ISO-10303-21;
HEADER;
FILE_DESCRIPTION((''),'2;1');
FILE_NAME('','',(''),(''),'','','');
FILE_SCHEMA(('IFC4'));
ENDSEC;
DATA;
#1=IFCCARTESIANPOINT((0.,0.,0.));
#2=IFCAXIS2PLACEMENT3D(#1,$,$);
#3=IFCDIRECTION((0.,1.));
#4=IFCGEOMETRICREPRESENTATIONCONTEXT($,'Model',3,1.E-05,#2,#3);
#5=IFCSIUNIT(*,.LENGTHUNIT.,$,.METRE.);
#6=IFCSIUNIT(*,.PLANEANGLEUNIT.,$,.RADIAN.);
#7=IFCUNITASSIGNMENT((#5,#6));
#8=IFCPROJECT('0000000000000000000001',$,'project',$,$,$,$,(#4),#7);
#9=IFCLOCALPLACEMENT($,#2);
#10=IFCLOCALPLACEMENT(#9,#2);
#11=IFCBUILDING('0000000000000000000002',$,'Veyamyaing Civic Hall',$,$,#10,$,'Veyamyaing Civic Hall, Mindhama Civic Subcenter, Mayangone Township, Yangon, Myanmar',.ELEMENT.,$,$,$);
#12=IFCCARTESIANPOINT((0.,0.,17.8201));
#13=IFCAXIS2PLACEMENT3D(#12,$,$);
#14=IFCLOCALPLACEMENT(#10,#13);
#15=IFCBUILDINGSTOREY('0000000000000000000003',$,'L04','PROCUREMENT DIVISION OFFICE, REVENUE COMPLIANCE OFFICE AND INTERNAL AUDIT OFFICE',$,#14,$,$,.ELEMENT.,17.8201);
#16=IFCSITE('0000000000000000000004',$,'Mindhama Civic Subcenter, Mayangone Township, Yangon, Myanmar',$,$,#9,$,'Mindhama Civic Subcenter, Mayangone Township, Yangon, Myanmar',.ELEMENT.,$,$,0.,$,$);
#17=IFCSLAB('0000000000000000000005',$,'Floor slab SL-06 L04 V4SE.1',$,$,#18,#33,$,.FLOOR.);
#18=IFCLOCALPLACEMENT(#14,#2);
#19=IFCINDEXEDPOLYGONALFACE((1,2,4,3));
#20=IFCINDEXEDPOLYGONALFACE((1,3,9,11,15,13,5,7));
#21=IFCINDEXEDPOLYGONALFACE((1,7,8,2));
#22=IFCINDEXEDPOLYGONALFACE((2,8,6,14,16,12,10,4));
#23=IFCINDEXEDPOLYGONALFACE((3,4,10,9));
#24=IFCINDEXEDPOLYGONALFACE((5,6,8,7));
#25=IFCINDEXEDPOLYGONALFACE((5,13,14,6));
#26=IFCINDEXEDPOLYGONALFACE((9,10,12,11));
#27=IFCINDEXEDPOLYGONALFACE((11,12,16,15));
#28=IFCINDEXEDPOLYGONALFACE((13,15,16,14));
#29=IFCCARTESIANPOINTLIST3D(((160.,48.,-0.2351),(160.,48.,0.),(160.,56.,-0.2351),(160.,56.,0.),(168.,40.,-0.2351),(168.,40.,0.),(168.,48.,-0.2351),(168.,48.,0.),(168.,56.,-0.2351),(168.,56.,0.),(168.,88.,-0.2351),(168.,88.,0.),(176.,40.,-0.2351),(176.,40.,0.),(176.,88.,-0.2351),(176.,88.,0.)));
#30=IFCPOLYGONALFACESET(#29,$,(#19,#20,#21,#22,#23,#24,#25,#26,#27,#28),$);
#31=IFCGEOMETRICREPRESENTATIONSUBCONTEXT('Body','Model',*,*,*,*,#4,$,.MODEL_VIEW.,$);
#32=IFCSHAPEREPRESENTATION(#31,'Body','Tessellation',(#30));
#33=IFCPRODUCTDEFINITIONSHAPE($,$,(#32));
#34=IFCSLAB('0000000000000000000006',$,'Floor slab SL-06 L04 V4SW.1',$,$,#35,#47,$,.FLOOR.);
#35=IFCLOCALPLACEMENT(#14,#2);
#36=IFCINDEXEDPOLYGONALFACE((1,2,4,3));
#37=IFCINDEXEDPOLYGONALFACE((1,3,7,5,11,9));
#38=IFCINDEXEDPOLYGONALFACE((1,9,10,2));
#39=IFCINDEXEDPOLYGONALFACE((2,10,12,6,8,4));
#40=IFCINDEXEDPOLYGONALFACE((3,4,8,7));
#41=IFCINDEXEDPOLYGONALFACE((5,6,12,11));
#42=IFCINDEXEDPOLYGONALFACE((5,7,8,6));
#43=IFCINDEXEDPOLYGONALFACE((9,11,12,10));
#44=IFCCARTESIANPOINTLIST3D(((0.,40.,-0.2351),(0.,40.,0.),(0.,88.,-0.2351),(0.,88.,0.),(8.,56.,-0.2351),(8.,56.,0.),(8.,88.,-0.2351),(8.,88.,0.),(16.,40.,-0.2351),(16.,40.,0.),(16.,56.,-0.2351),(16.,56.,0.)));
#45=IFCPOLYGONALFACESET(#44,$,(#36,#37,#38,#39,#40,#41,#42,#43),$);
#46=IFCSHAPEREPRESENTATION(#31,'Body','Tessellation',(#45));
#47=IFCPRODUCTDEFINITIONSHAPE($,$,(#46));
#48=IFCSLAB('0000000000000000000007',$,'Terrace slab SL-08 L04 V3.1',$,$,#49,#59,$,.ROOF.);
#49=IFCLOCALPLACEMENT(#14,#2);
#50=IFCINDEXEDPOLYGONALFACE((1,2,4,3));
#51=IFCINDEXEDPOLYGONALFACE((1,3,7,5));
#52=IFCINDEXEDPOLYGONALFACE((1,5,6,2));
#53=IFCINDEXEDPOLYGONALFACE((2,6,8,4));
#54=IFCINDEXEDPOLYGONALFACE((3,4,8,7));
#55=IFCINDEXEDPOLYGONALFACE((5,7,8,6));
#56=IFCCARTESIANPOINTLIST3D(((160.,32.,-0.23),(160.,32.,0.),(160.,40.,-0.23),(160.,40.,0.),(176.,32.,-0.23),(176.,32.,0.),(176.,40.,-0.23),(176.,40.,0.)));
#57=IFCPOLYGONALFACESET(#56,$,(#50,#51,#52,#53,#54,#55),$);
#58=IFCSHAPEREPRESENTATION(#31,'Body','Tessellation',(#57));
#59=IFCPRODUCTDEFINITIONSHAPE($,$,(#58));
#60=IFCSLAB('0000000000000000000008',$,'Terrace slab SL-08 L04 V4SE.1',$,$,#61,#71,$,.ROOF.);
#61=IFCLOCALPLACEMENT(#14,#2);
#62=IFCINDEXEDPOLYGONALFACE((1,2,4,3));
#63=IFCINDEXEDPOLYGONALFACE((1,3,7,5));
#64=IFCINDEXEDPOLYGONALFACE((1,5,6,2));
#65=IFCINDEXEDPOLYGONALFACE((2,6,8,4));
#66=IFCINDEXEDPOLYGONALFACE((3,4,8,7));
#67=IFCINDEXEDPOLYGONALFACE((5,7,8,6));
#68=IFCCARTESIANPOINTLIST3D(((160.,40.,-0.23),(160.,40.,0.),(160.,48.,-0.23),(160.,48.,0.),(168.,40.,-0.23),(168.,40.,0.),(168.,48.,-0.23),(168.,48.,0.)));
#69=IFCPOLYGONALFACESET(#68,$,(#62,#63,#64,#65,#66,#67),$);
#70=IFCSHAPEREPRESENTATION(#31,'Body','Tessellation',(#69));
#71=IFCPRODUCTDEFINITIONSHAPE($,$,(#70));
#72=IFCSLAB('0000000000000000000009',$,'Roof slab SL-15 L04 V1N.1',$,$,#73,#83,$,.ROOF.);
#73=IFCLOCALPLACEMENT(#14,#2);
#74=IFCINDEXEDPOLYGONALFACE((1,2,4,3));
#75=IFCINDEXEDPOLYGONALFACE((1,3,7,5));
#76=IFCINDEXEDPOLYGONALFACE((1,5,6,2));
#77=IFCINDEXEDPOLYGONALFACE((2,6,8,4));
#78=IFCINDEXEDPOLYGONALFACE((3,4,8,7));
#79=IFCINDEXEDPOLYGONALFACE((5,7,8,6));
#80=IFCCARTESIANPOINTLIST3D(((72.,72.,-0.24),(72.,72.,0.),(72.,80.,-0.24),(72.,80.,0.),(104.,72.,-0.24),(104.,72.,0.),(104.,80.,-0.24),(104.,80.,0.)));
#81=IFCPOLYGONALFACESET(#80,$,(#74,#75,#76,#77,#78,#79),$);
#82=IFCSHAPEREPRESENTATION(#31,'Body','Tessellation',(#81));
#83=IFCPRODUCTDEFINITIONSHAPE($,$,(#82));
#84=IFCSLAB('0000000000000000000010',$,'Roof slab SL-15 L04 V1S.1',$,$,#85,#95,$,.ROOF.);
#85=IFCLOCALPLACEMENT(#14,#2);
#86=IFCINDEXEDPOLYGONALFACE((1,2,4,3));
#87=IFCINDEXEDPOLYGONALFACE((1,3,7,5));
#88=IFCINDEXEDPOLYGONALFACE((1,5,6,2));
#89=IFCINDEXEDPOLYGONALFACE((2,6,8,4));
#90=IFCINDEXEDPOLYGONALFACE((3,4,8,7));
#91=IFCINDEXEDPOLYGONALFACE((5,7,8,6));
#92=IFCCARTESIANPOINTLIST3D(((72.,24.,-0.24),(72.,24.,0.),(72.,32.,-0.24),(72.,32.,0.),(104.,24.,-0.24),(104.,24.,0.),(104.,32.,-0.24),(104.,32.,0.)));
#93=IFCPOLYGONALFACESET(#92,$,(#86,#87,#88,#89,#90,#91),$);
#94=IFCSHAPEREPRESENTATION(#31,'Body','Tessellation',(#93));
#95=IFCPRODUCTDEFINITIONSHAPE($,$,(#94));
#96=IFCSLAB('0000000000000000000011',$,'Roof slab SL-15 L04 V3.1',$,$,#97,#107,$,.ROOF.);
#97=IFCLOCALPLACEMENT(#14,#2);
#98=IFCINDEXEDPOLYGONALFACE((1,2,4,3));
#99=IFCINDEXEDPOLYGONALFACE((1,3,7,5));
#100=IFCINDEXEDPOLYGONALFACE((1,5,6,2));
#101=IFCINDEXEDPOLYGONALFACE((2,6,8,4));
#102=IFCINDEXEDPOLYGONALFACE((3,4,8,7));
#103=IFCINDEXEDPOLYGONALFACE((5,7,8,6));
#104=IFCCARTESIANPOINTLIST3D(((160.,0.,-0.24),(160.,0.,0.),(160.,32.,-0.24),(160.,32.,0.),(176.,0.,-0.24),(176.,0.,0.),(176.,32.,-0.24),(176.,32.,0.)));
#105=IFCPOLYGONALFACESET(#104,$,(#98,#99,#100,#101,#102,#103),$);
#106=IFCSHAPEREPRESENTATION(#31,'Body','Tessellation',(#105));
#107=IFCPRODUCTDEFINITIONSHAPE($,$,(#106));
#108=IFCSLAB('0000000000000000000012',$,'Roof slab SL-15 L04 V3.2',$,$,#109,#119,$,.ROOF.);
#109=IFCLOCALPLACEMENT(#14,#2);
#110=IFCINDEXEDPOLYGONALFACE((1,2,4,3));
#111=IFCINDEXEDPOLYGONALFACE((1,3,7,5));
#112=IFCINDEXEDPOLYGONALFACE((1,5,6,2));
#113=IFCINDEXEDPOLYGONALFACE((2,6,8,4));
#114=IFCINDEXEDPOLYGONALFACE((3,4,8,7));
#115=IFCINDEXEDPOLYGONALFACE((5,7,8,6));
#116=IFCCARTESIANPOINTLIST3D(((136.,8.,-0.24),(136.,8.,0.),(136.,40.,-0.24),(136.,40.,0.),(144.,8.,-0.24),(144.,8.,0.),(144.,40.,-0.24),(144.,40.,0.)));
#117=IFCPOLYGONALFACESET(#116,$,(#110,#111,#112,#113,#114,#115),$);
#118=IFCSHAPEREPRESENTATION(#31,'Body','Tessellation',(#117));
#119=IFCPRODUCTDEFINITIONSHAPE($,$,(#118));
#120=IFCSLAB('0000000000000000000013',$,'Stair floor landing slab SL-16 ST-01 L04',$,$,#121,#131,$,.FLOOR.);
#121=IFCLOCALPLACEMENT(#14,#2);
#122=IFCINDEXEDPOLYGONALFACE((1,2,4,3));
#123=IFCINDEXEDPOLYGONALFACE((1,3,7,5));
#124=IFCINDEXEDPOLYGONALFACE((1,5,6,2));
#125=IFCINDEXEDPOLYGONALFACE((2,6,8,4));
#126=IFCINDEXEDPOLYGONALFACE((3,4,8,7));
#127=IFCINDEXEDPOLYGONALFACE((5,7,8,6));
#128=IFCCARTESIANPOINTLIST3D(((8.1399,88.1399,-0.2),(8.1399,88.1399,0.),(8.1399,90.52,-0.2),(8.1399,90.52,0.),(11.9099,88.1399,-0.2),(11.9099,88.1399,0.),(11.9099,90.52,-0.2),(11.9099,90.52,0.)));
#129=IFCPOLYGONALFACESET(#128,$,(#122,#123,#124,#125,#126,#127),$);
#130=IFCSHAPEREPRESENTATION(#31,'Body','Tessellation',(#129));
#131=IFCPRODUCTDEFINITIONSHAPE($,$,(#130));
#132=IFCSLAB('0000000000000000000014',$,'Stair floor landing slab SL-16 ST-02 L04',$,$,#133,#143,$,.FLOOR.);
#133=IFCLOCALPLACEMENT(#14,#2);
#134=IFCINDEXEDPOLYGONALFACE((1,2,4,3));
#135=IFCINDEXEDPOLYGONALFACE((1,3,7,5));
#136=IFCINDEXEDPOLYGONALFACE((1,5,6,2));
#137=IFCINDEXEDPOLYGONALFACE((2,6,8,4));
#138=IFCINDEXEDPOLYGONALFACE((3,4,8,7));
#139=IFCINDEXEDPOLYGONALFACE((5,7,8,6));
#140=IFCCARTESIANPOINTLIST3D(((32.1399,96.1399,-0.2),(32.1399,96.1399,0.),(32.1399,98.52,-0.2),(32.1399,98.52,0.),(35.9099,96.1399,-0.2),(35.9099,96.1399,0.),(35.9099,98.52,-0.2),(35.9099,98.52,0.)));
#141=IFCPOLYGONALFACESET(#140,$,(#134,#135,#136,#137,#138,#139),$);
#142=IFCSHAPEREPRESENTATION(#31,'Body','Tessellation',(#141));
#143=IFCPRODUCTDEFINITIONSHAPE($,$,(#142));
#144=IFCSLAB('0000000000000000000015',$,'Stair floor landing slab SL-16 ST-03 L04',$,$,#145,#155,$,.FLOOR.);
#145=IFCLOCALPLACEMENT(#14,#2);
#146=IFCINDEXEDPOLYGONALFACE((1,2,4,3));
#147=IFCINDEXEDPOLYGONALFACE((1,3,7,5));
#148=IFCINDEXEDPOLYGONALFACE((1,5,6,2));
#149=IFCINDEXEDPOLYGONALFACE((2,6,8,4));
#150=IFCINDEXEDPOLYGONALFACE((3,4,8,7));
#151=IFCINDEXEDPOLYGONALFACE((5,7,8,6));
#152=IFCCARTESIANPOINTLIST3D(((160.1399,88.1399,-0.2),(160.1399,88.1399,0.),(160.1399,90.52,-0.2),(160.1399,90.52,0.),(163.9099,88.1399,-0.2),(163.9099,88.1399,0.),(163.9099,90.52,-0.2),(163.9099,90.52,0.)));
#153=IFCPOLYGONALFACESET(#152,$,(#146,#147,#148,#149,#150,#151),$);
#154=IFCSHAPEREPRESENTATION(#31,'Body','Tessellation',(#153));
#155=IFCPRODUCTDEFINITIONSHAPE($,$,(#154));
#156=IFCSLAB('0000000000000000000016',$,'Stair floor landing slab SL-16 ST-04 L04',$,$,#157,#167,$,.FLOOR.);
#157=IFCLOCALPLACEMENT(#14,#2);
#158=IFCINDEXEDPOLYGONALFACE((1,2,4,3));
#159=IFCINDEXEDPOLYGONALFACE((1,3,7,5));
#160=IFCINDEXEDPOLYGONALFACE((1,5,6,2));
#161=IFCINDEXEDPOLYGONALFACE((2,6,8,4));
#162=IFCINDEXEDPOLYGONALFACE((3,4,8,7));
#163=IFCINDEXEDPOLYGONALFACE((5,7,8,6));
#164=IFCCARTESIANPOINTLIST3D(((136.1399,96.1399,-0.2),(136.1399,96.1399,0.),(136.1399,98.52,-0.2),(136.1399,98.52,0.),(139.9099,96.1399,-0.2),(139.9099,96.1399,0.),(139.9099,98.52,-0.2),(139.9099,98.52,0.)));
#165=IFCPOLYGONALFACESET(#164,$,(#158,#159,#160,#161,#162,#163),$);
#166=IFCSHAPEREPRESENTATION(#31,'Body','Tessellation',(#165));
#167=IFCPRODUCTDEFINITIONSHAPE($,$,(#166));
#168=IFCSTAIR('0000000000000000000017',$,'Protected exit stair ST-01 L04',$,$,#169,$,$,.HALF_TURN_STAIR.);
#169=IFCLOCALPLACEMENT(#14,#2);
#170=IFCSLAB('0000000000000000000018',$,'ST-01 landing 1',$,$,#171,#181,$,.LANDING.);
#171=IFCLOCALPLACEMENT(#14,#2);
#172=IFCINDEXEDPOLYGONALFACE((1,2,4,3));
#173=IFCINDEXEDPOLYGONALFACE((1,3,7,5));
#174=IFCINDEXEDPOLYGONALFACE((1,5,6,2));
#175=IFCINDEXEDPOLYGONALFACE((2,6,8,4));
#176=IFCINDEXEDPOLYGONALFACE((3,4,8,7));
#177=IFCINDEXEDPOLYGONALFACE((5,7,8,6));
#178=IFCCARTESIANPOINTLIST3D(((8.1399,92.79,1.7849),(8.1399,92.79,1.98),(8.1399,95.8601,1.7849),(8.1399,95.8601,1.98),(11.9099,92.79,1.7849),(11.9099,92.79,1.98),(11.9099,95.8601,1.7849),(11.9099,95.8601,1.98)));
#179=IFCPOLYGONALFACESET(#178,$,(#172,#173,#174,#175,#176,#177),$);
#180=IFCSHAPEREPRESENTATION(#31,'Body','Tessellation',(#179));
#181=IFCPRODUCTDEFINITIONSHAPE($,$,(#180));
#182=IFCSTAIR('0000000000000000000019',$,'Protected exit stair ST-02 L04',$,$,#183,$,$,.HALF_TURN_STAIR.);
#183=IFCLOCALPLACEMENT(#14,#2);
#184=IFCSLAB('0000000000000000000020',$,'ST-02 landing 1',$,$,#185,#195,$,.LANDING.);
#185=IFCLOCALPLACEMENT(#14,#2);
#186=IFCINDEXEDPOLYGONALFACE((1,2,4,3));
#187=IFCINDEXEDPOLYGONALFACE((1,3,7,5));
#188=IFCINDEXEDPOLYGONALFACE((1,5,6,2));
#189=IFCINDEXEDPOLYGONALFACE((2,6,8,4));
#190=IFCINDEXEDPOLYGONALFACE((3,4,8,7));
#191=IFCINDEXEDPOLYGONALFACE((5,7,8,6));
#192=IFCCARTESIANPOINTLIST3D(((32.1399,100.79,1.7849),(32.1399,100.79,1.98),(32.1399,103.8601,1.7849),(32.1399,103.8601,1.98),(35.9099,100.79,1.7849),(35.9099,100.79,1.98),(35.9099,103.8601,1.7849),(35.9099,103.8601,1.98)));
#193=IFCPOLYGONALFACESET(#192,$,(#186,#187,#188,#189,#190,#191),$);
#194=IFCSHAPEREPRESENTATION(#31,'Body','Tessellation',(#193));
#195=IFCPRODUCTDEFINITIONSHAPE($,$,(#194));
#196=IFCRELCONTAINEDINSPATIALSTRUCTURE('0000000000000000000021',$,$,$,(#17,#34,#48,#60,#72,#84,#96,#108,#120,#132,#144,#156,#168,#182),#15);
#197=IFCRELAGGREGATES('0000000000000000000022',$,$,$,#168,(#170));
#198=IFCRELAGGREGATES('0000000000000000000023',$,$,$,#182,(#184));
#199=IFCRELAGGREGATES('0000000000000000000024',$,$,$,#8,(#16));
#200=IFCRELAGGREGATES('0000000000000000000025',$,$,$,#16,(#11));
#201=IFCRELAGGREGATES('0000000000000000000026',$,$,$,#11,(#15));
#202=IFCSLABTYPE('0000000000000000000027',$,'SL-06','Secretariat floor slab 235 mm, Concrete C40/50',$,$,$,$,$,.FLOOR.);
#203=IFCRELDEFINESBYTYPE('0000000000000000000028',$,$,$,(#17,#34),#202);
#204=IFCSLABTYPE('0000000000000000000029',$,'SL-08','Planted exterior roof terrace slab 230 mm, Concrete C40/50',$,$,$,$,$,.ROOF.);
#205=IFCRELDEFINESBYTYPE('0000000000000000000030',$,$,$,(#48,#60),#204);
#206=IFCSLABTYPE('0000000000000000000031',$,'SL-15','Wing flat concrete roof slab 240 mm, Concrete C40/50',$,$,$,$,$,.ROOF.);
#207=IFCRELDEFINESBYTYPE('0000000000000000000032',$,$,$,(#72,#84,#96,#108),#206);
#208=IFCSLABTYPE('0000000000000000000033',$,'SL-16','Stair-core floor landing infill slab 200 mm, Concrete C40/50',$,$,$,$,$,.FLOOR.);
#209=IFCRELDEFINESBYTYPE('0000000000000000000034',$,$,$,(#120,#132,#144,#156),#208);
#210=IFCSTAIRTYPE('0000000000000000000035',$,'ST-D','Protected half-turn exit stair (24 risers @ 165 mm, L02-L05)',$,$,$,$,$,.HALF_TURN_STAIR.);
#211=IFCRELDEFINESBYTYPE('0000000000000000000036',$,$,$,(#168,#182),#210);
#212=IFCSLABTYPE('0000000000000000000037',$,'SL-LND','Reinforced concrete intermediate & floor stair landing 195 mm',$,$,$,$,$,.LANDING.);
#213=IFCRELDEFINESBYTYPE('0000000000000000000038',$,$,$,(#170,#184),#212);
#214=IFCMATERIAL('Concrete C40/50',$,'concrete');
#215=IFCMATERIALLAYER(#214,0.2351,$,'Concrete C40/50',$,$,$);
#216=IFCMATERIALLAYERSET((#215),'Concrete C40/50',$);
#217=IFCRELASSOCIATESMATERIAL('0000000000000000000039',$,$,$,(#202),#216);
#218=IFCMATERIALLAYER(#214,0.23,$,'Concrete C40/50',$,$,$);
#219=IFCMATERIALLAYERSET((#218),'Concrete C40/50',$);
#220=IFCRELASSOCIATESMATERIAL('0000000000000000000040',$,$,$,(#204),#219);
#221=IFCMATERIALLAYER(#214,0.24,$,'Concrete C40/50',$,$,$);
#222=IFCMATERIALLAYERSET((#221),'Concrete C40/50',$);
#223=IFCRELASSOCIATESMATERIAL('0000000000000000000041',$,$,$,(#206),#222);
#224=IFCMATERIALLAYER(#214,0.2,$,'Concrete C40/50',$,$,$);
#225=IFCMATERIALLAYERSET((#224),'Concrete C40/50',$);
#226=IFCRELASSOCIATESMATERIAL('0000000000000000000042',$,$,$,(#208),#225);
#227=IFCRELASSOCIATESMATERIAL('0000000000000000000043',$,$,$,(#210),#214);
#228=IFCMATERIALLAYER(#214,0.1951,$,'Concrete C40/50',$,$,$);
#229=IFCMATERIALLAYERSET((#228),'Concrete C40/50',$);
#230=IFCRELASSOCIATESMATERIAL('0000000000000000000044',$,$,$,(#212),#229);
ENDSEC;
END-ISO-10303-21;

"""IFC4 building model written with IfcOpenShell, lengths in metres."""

from ifc_helpers import new_model, si_unit, direction, frame, origin, place, context, subcontext, project, spatial, polyline, outline, extrude, material, layer, layer_set, type_object, element, aggregate, save


model = new_model("IFC4")

# Units and contexts
model_context = context("Model", 3, precision=1e-05, world=origin(), true_north=direction((0.0, 1.0)))
body_context = subcontext(model_context, "Body", "Model", "MODEL_VIEW")
ifc_project = project(units=[si_unit("LENGTHUNIT", "METRE"), si_unit("PLANEANGLEUNIT", "RADIAN")], contexts=[model_context])

# Site, building, storey
site_placement = place(None, origin())
site = spatial("IfcSite", under=ifc_project, at=site_placement, Name="Mindhama Civic Subcenter, Mayangone Township, Yangon, Myanmar", LongName="Mindhama Civic Subcenter, Mayangone Township, Yangon, Myanmar", CompositionType="ELEMENT", RefElevation=0.0)
building_placement = place(site_placement, origin())
building = spatial("IfcBuilding", under=site, at=building_placement, Name="Veyamyaing Civic Hall", LongName="Veyamyaing Civic Hall, Mindhama Civic Subcenter, Mayangone Township, Yangon, Myanmar", CompositionType="ELEMENT")
storey_placement = place(building_placement, frame((0.0, 0.0, 17.8201)))
storey = spatial("IfcBuildingStorey", under=building, at=storey_placement, Name="L04", Description="PROCUREMENT DIVISION OFFICE, REVENUE COMPLIANCE OFFICE AND INTERNAL AUDIT OFFICE", CompositionType="ELEMENT", Elevation=17.8201)

# Slabs
ifc_material_1 = material(Name="Concrete C40/50", Category="concrete")
ifc_layer_1 = layer(ifc_material_1, 0.2351, Name="Concrete C40/50")
ifc_layer_set_1 = layer_set([ifc_layer_1], Name="Concrete C40/50")
slab_type_1 = type_object("IfcSlabType", Name="SL-06", Description="Secretariat floor slab 235 mm, Concrete C40/50", PredefinedType="FLOOR", material=ifc_layer_set_1)
slab_1_placement = place(storey_placement, frame((0.0, 0.0, -0.2351)))
element("IfcSlab", 1, at=slab_1_placement, inside=storey, type_object=slab_type_1, Name="Floor slab SL-06 L04 V4SE.1", PredefinedType="FLOOR", context=body_context, shape_type="SweptSolid", body=[
    extrude(outline(polyline([(168.0, 48.0), (160.0, 48.0), (160.0, 56.0), (168.0, 56.0), (168.0, 88.0), (176.0, 88.0), (176.0, 40.0), (168.0, 40.0), (168.0, 48.0)])), origin(), (0.0, 0.0, 1.0), 0.2351),
])
slab_2_placement = place(storey_placement, frame((0.0, 0.0, -0.2351)))
element("IfcSlab", 2, at=slab_2_placement, inside=storey, type_object=slab_type_1, Name="Floor slab SL-06 L04 V4SW.1", PredefinedType="FLOOR", context=body_context, shape_type="SweptSolid", body=[
    extrude(outline(polyline([(0.0, 40.0), (0.0, 88.0), (8.0, 88.0), (8.0, 56.0), (16.0, 56.0), (16.0, 40.0), (0.0, 40.0)])), origin(), (0.0, 0.0, 1.0), 0.2351),
])
ifc_layer_2 = layer(ifc_material_1, 0.23, Name="Concrete C40/50")
ifc_layer_set_2 = layer_set([ifc_layer_2], Name="Concrete C40/50")
slab_type_2 = type_object("IfcSlabType", Name="SL-08", Description="Planted exterior roof terrace slab 230 mm, Concrete C40/50", PredefinedType="ROOF", material=ifc_layer_set_2)
slab_3_placement = place(storey_placement, frame((0.0, 0.0, -0.23)))
element("IfcSlab", 3, at=slab_3_placement, inside=storey, type_object=slab_type_2, Name="Terrace slab SL-08 L04 V3.1", PredefinedType="ROOF", context=body_context, shape_type="SweptSolid", body=[
    extrude(outline(polyline([(160.0, 40.0), (176.0, 40.0), (176.0, 32.0), (160.0, 32.0), (160.0, 40.0)])), origin(), (0.0, 0.0, 1.0), 0.23),
])
slab_4_placement = place(storey_placement, frame((0.0, 0.0, -0.23)))
element("IfcSlab", 4, at=slab_4_placement, inside=storey, type_object=slab_type_2, Name="Terrace slab SL-08 L04 V4SE.1", PredefinedType="ROOF", context=body_context, shape_type="SweptSolid", body=[
    extrude(outline(polyline([(160.0, 40.0), (160.0, 48.0), (168.0, 48.0), (168.0, 40.0), (160.0, 40.0)])), origin(), (0.0, 0.0, 1.0), 0.23),
])
ifc_layer_3 = layer(ifc_material_1, 0.24, Name="Concrete C40/50")
ifc_layer_set_3 = layer_set([ifc_layer_3], Name="Concrete C40/50")
slab_type_3 = type_object("IfcSlabType", Name="SL-15", Description="Wing flat concrete roof slab 240 mm, Concrete C40/50", PredefinedType="ROOF", material=ifc_layer_set_3)
slab_5_placement = place(storey_placement, frame((0.0, 0.0, -0.24)))
element("IfcSlab", 5, at=slab_5_placement, inside=storey, type_object=slab_type_3, Name="Roof slab SL-15 L04 V1N.1", PredefinedType="ROOF", context=body_context, shape_type="SweptSolid", body=[
    extrude(outline(polyline([(72.0, 80.0), (104.0, 80.0), (104.0, 72.0), (72.0, 72.0), (72.0, 80.0)])), origin(), (0.0, 0.0, 1.0), 0.24),
])
slab_6_placement = place(storey_placement, frame((0.0, 0.0, -0.24)))
element("IfcSlab", 6, at=slab_6_placement, inside=storey, type_object=slab_type_3, Name="Roof slab SL-15 L04 V1S.1", PredefinedType="ROOF", context=body_context, shape_type="SweptSolid", body=[
    extrude(outline(polyline([(72.0, 32.0), (104.0, 32.0), (104.0, 24.0), (72.0, 24.0), (72.0, 32.0)])), origin(), (0.0, 0.0, 1.0), 0.24),
])
slab_7_placement = place(storey_placement, frame((0.0, 0.0, -0.24)))
element("IfcSlab", 7, at=slab_7_placement, inside=storey, type_object=slab_type_3, Name="Roof slab SL-15 L04 V3.1", PredefinedType="ROOF", context=body_context, shape_type="SweptSolid", body=[
    extrude(outline(polyline([(160.0, 0.0), (160.0, 32.0), (176.0, 32.0), (176.0, 0.0), (160.0, 0.0)])), origin(), (0.0, 0.0, 1.0), 0.24),
])
slab_8_placement = place(storey_placement, frame((0.0, 0.0, -0.24)))
element("IfcSlab", 8, at=slab_8_placement, inside=storey, type_object=slab_type_3, Name="Roof slab SL-15 L04 V3.2", PredefinedType="ROOF", context=body_context, shape_type="SweptSolid", body=[
    extrude(outline(polyline([(136.0, 8.0), (136.0, 40.0), (144.0, 40.0), (144.0, 8.0), (136.0, 8.0)])), origin(), (0.0, 0.0, 1.0), 0.24),
])
ifc_layer_4 = layer(ifc_material_1, 0.2, Name="Concrete C40/50")
ifc_layer_set_4 = layer_set([ifc_layer_4], Name="Concrete C40/50")
slab_type_4 = type_object("IfcSlabType", Name="SL-16", Description="Stair-core floor landing infill slab 200 mm, Concrete C40/50", PredefinedType="FLOOR", material=ifc_layer_set_4)
slab_9_placement = place(storey_placement, frame((0.0, 0.0, -0.2)))
element("IfcSlab", 9, at=slab_9_placement, inside=storey, type_object=slab_type_4, Name="Stair floor landing slab SL-16 ST-01 L04", PredefinedType="FLOOR", context=body_context, shape_type="SweptSolid", body=[
    extrude(outline(polyline([(8.1399, 88.1399), (11.9099, 88.1399), (11.9099, 90.52), (8.1399, 90.52), (8.1399, 88.1399)])), origin(), (0.0, 0.0, 1.0), 0.2),
])
slab_10_placement = place(storey_placement, frame((0.0, 0.0, -0.2)))
element("IfcSlab", 10, at=slab_10_placement, inside=storey, type_object=slab_type_4, Name="Stair floor landing slab SL-16 ST-02 L04", PredefinedType="FLOOR", context=body_context, shape_type="SweptSolid", body=[
    extrude(outline(polyline([(32.1399, 96.1399), (35.9099, 96.1399), (35.9099, 98.52), (32.1399, 98.52), (32.1399, 96.1399)])), origin(), (0.0, 0.0, 1.0), 0.2),
])
slab_11_placement = place(storey_placement, frame((0.0, 0.0, -0.2)))
element("IfcSlab", 11, at=slab_11_placement, inside=storey, type_object=slab_type_4, Name="Stair floor landing slab SL-16 ST-03 L04", PredefinedType="FLOOR", context=body_context, shape_type="SweptSolid", body=[
    extrude(outline(polyline([(160.1399, 88.1399), (163.9099, 88.1399), (163.9099, 90.52), (160.1399, 90.52), (160.1399, 88.1399)])), origin(), (0.0, 0.0, 1.0), 0.2),
])
slab_12_placement = place(storey_placement, frame((0.0, 0.0, -0.2)))
element("IfcSlab", 12, at=slab_12_placement, inside=storey, type_object=slab_type_4, Name="Stair floor landing slab SL-16 ST-04 L04", PredefinedType="FLOOR", context=body_context, shape_type="SweptSolid", body=[
    extrude(outline(polyline([(136.1399, 96.1399), (139.9099, 96.1399), (139.9099, 98.52), (136.1399, 98.52), (136.1399, 96.1399)])), origin(), (0.0, 0.0, 1.0), 0.2),
])

# Stairs, slabs
stair_type = type_object("IfcStairType", Name="ST-D", Description="Protected half-turn exit stair (24 risers @ 165 mm, L02-L05)", PredefinedType="HALF_TURN_STAIR", material=ifc_material_1)
stair_1_placement = place(storey_placement, origin())
stair_1 = element("IfcStair", 13, at=stair_1_placement, inside=storey, type_object=stair_type, Name="Protected exit stair ST-01 L04", PredefinedType="HALF_TURN_STAIR")
ifc_layer_5 = layer(ifc_material_1, 0.1951, Name="Concrete C40/50")
ifc_layer_set_5 = layer_set([ifc_layer_5], Name="Concrete C40/50")
slab_type_5 = type_object("IfcSlabType", Name="SL-LND", Description="Reinforced concrete intermediate & floor stair landing 195 mm", PredefinedType="LANDING", material=ifc_layer_set_5)
slab_13_placement = place(storey_placement, frame((0.0, 0.0, 1.7849)))
slab_13 = element("IfcSlab", 14, at=slab_13_placement, type_object=slab_type_5, Name="ST-01 landing 1", PredefinedType="LANDING", context=body_context, shape_type="SweptSolid", body=[
    extrude(outline(polyline([(8.1399, 92.79), (11.9099, 92.79), (11.9099, 95.8601), (8.1399, 95.8601), (8.1399, 92.79)])), origin(), (0.0, 0.0, 1.0), 0.1951),
])
aggregate(stair_1, [slab_13])
stair_2_placement = place(storey_placement, origin())
stair_2 = element("IfcStair", 15, at=stair_2_placement, inside=storey, type_object=stair_type, Name="Protected exit stair ST-02 L04", PredefinedType="HALF_TURN_STAIR")
slab_14_placement = place(storey_placement, frame((0.0, 0.0, 1.7849)))
slab_14 = element("IfcSlab", 16, at=slab_14_placement, type_object=slab_type_5, Name="ST-02 landing 1", PredefinedType="LANDING", context=body_context, shape_type="SweptSolid", body=[
    extrude(outline(polyline([(32.1399, 100.79), (35.9099, 100.79), (35.9099, 103.8601), (32.1399, 103.8601), (32.1399, 100.79)])), origin(), (0.0, 0.0, 1.0), 0.1951),
])
aggregate(stair_2, [slab_14])

save(model, "model.ifc")
